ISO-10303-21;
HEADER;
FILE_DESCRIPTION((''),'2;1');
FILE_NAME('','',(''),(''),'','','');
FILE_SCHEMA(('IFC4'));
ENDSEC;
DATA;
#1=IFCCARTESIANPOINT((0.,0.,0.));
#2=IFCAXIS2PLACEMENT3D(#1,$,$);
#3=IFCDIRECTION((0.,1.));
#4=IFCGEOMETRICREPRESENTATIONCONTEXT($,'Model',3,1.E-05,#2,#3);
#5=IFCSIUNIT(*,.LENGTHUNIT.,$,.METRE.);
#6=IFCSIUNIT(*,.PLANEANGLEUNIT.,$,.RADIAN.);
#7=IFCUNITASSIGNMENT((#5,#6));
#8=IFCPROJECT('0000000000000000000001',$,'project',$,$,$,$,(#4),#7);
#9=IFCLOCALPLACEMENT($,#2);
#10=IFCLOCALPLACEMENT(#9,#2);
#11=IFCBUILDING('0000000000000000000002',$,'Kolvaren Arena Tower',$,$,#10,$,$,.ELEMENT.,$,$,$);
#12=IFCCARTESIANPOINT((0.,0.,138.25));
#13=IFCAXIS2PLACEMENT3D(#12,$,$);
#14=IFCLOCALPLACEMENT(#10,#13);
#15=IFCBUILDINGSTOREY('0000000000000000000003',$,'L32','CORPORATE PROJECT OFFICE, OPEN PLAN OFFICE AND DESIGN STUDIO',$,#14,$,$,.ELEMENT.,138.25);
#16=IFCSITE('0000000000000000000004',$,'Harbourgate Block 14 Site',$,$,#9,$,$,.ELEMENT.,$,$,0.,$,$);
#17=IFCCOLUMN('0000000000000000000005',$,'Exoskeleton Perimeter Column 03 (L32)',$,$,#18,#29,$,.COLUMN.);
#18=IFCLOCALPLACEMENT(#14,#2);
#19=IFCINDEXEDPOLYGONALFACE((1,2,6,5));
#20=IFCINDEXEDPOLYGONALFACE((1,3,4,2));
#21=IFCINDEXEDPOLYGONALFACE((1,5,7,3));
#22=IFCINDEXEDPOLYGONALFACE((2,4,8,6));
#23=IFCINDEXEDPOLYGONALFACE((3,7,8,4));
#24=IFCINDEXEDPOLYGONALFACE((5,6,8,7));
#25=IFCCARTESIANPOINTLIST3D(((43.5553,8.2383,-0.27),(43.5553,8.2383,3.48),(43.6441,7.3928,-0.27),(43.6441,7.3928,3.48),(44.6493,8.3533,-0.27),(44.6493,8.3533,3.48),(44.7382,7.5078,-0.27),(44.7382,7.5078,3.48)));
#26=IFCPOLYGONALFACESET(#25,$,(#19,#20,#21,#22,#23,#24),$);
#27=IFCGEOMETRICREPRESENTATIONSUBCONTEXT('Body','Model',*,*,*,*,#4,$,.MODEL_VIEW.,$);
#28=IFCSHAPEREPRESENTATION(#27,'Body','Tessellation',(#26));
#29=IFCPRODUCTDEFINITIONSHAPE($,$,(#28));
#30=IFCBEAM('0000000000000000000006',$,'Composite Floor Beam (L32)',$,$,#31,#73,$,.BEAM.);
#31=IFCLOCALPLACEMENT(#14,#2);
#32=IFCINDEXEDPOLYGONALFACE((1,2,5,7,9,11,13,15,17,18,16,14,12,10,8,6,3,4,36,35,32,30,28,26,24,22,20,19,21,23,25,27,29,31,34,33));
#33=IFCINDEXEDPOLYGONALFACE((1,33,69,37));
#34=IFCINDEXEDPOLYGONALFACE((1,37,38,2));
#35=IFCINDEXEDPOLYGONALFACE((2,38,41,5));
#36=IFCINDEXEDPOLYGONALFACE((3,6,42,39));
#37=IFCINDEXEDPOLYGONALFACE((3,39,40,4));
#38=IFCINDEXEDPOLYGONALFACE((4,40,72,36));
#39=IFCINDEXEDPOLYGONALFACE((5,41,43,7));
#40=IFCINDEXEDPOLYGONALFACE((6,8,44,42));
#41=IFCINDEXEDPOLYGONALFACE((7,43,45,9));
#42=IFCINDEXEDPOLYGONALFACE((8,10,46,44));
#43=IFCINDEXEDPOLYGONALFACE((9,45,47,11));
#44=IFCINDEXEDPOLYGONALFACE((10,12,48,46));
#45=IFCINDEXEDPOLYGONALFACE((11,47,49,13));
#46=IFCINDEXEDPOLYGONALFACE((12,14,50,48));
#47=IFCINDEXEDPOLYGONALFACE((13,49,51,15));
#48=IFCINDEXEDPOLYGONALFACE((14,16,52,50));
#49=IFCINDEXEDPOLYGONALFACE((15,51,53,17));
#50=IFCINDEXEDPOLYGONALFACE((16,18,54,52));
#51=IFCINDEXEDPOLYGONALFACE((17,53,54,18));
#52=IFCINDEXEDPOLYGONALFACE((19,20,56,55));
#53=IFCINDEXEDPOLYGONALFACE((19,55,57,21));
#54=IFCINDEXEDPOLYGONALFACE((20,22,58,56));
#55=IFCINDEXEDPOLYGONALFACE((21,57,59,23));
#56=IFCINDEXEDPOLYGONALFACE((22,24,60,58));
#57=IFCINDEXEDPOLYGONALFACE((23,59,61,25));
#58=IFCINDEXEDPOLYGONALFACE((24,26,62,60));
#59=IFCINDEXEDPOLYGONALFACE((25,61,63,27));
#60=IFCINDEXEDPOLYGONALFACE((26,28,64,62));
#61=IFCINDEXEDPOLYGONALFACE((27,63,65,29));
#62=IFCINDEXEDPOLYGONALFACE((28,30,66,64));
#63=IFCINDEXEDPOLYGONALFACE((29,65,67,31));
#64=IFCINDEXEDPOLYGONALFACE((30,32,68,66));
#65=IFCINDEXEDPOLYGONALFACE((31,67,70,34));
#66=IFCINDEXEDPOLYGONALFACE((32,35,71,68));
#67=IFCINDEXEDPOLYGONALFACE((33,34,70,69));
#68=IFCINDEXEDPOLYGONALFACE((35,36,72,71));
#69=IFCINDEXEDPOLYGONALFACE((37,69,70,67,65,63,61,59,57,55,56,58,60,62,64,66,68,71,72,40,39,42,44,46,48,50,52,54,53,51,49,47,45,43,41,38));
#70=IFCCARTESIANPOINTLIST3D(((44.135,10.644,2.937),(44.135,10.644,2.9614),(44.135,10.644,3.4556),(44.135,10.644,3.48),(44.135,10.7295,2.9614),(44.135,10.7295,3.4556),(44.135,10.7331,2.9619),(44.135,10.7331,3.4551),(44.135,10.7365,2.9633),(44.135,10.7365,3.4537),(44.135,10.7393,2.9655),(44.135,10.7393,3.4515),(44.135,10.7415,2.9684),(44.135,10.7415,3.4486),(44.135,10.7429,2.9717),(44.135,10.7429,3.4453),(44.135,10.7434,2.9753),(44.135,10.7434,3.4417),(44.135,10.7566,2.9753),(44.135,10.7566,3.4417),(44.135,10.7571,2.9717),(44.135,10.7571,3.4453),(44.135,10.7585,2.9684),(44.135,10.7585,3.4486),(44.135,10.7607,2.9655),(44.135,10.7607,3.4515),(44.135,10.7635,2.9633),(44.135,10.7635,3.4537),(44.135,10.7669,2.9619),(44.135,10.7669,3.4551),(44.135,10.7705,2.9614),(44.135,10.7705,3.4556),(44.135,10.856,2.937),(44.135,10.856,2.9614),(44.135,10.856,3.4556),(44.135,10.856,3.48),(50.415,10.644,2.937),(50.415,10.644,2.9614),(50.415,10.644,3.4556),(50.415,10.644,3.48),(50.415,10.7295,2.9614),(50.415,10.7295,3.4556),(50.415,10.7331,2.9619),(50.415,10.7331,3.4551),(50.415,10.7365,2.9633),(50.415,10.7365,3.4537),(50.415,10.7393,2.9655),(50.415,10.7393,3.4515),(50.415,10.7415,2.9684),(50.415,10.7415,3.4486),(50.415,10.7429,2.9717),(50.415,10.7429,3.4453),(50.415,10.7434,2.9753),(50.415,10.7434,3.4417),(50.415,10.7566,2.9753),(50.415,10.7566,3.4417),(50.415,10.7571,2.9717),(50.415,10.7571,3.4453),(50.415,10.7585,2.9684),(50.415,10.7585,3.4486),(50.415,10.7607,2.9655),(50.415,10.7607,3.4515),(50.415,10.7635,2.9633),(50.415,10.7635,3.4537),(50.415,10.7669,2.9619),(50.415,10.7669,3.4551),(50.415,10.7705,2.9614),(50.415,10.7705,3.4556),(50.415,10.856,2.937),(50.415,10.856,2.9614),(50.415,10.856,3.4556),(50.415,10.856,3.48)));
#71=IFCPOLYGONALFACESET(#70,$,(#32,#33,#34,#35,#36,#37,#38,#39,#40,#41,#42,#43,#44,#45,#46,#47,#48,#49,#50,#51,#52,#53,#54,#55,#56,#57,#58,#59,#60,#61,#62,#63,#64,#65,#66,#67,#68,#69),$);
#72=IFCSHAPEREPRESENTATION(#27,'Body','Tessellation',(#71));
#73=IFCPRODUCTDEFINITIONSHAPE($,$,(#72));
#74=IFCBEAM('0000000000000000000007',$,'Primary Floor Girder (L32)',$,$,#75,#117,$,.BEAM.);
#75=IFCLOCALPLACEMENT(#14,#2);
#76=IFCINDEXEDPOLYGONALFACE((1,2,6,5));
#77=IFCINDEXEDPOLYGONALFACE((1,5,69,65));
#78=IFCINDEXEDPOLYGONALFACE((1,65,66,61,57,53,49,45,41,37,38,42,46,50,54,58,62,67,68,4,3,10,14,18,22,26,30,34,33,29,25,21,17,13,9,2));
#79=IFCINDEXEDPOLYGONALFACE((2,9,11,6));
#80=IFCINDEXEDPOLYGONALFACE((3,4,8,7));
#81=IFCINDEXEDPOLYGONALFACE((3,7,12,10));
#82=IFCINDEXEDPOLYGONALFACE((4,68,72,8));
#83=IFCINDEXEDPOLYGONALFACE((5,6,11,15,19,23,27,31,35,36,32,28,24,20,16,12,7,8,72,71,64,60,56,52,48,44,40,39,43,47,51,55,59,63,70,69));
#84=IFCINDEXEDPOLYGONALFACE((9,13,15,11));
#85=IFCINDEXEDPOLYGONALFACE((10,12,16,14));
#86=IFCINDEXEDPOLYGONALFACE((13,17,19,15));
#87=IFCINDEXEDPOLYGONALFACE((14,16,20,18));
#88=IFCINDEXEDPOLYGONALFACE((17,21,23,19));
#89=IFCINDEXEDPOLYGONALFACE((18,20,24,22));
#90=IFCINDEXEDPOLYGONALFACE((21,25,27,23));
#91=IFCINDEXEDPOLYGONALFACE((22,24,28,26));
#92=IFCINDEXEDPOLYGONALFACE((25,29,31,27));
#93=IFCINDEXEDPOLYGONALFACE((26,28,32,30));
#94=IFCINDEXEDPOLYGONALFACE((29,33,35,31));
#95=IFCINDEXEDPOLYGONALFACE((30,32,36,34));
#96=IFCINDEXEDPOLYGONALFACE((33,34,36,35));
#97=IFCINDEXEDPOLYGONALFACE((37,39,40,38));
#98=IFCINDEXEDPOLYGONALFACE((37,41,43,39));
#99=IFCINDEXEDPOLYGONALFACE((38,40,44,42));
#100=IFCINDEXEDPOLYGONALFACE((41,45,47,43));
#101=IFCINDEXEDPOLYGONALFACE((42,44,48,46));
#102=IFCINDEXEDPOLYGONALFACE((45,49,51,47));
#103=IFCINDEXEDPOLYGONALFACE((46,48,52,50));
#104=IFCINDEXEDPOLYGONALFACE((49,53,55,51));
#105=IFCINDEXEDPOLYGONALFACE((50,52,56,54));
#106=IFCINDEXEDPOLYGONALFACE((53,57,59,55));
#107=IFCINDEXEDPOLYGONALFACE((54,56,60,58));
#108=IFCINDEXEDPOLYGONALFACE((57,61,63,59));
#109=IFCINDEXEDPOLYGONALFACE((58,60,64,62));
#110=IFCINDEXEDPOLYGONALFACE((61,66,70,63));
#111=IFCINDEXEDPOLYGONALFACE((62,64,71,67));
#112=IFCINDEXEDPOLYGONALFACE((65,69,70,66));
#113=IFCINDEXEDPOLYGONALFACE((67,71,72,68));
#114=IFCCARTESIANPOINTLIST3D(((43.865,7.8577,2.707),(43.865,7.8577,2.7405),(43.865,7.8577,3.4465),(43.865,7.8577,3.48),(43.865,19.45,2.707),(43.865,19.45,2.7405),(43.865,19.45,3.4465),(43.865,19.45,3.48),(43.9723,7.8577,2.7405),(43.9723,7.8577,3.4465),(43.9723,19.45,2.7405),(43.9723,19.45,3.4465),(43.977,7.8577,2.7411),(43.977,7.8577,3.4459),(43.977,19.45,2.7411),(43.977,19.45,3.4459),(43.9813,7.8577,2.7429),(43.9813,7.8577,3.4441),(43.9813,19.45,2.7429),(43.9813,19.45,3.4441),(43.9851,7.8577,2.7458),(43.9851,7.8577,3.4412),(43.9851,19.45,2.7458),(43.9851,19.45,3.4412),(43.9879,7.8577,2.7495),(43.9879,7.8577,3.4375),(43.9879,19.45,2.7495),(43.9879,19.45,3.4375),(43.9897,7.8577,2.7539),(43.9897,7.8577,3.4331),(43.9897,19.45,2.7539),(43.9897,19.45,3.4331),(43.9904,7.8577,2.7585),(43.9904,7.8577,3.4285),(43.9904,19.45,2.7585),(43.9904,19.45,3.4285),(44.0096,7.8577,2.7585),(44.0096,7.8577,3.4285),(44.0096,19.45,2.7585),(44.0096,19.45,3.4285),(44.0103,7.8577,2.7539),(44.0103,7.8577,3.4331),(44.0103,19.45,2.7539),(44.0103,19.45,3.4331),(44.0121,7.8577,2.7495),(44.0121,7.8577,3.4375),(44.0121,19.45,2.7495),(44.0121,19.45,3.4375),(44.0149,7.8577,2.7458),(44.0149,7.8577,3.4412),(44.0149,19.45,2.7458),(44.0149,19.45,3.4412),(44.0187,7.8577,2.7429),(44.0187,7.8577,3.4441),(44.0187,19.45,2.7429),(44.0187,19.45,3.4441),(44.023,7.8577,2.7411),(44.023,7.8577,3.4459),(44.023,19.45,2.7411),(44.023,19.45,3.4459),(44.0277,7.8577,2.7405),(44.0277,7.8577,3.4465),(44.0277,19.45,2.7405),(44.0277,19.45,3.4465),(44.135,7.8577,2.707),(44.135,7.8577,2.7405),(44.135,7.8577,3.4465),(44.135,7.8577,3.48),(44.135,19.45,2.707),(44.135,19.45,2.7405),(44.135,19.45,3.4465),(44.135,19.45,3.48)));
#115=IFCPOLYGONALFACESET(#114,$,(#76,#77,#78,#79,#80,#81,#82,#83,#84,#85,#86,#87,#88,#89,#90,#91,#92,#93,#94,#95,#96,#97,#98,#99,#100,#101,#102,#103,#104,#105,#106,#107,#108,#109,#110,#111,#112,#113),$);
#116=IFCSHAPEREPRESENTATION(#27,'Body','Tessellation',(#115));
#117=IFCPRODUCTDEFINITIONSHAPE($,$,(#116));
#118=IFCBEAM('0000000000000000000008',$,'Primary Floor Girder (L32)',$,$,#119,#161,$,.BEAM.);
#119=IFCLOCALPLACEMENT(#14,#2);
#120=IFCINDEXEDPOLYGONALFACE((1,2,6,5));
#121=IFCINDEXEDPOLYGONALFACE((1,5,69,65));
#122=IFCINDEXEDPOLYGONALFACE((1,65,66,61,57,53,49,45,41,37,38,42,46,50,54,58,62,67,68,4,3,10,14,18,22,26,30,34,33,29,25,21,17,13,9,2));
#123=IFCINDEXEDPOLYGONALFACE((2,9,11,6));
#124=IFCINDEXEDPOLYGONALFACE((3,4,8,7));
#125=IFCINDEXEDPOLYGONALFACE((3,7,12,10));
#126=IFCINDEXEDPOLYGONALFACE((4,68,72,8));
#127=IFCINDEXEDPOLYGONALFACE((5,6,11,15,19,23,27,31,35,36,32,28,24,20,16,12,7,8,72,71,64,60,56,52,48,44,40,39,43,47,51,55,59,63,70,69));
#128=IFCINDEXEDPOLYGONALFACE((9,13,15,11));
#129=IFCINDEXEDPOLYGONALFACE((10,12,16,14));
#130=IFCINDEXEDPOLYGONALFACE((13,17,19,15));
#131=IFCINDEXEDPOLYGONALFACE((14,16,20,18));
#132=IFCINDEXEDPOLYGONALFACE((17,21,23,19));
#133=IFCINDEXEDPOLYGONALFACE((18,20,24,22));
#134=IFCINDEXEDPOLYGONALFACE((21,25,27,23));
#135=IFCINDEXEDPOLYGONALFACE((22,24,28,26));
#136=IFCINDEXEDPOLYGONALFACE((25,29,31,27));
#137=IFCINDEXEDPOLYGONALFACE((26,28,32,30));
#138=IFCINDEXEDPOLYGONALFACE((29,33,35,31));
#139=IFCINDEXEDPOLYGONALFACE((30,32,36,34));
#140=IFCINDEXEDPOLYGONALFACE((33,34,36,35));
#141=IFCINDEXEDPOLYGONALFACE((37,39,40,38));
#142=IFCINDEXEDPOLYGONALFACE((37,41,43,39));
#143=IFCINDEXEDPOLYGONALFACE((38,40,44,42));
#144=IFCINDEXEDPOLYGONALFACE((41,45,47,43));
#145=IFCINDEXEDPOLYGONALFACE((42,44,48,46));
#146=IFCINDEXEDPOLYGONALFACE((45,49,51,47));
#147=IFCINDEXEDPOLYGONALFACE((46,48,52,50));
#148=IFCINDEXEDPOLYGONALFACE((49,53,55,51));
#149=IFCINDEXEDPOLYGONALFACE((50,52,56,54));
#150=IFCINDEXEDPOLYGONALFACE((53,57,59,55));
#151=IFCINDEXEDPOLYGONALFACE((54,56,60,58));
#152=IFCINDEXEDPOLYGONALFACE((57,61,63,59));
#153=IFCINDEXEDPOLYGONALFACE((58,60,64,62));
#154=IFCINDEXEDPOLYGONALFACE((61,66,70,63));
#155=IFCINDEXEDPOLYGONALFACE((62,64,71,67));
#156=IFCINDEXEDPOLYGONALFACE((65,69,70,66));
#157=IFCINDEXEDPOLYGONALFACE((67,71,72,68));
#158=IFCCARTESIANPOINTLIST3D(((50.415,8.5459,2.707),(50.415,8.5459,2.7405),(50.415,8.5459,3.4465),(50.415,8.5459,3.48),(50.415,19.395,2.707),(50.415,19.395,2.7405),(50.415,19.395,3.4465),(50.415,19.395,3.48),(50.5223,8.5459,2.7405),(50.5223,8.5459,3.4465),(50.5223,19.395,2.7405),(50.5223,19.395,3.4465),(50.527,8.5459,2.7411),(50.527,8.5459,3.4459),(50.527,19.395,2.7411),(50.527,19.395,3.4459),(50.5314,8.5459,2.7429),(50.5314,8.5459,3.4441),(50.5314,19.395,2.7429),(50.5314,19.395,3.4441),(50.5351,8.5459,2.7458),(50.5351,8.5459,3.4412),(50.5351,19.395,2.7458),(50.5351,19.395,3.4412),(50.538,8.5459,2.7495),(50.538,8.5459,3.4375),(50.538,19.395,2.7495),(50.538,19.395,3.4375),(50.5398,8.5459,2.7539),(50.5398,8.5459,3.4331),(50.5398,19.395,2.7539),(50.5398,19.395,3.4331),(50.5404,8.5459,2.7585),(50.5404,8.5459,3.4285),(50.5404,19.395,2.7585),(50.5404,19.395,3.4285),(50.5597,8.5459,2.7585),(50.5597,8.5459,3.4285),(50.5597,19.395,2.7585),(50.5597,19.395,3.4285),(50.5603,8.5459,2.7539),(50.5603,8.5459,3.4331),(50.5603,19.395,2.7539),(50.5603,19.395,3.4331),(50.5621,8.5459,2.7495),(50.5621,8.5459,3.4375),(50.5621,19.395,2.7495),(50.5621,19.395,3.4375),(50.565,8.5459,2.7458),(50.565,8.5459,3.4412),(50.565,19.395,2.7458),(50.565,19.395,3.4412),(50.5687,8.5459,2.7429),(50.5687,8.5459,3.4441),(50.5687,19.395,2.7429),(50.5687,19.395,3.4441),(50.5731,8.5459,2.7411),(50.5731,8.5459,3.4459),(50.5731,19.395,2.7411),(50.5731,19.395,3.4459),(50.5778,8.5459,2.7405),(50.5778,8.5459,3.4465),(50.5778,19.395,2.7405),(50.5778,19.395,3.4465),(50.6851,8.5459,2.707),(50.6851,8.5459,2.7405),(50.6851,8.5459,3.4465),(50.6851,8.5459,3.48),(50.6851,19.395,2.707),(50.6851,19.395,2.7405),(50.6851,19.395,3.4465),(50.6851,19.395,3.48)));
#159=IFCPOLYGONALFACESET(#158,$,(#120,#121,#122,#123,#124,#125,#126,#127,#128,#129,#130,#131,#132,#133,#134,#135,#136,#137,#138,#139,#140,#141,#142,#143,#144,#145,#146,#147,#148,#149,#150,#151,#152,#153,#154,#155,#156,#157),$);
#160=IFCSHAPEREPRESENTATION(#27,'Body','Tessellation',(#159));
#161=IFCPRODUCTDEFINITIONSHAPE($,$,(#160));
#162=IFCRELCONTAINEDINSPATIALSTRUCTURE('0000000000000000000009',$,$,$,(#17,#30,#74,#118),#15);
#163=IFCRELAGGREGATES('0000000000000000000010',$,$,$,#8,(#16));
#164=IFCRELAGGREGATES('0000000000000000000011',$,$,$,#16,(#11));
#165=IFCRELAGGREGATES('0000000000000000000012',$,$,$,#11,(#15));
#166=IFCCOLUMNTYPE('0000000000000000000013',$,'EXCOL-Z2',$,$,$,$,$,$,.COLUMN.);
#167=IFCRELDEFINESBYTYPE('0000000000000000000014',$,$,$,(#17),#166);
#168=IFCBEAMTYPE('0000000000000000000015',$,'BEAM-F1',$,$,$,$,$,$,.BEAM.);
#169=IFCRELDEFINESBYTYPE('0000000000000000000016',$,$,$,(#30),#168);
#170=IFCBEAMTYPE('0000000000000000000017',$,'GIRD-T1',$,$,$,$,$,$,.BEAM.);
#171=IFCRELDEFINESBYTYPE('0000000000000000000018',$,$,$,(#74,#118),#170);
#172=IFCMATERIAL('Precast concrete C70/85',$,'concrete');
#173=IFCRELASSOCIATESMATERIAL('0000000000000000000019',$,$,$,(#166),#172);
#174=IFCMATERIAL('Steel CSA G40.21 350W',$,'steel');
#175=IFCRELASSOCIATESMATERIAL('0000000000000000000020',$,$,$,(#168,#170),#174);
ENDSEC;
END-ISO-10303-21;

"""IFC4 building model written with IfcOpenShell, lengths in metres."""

from ifc_helpers import new_model, si_unit, direction, frame, origin, origin_2d, place, context, subcontext, project, spatial, rectangle, i_section, extrude, material, material_profile, profile_set, type_object, element, save


model = new_model("IFC4")

# Units and contexts
model_context = context("Model", 3, precision=1e-05, world=origin(), true_north=direction((0.0, 1.0)))
body_context = subcontext(model_context, "Body", "Model", "MODEL_VIEW")
ifc_project = project(units=[si_unit("LENGTHUNIT", "METRE"), si_unit("PLANEANGLEUNIT", "RADIAN")], contexts=[model_context])

# Site, building, storey
site_placement = place(None, origin())
site = spatial("IfcSite", under=ifc_project, at=site_placement, Name="Harbourgate Block 14 Site", CompositionType="ELEMENT", RefElevation=0.0)
building_placement = place(site_placement, origin())
building = spatial("IfcBuilding", under=site, at=building_placement, Name="Kolvaren Arena Tower", CompositionType="ELEMENT")
storey_placement = place(building_placement, frame((0.0, 0.0, 138.25)))
storey = spatial("IfcBuildingStorey", under=building, at=storey_placement, Name="L32", Description="CORPORATE PROJECT OFFICE, OPEN PLAN OFFICE AND DESIGN STUDIO", CompositionType="ELEMENT", Elevation=138.25)

# Column
ifc_material_1 = material(Name="Precast concrete C70/85", Category="concrete")
ifc_material_profile_1 = material_profile(ifc_material_1, rectangle(XDim=1.1001, YDim=0.8501, at=origin_2d()), Name="RC-1100x850")
ifc_profile_set_1 = profile_set([ifc_material_profile_1], Name="Precast concrete C70/85")
column_type = type_object("IfcColumnType", Name="EXCOL-Z2", PredefinedType="COLUMN", material=ifc_profile_set_1)
column_placement = place(storey_placement, frame((44.1467, 7.873, -0.27), z_axis=(0.0, 0.0, 1.0), x_axis=(0.994522, 0.104528, 0.0)))
element("IfcColumn", 1, at=column_placement, inside=storey, type_object=column_type, Name="Exoskeleton Perimeter Column 03 (L32)", PredefinedType="COLUMN", context=body_context, shape_type="SweptSolid", body=[
    extrude(rectangle(XDim=1.1001, YDim=0.8501, at=origin_2d()), origin(), (0.0, 0.0, 1.0), 3.75),
])

# Beams
ifc_material_2 = material(Name="Steel CSA G40.21 350W", Category="steel")
ifc_material_profile_2 = material_profile(ifc_material_2, i_section(OverallWidth=0.2119, OverallDepth=0.543, WebThickness=0.0132, FlangeThickness=0.0244, FilletRadius=0.0139, at=origin_2d()), Name="W530x150")
ifc_profile_set_2 = profile_set([ifc_material_profile_2], Name="Steel CSA G40.21 350W")
beam_type_1 = type_object("IfcBeamType", Name="BEAM-F1", PredefinedType="BEAM", material=ifc_profile_set_2)
beam_1_placement = place(storey_placement, frame((44.135, 10.75, 3.2085), z_axis=(1.0, 0.0, 0.0), x_axis=(0.0, 1.0, 0.0)))
element("IfcBeam", 2, at=beam_1_placement, inside=storey, type_object=beam_type_1, Name="Composite Floor Beam (L32)", PredefinedType="BEAM", context=body_context, shape_type="SweptSolid", body=[
    extrude(i_section(OverallWidth=0.2119, OverallDepth=0.543, WebThickness=0.0132, FlangeThickness=0.0244, FilletRadius=0.0139, at=origin_2d()), origin(), (0.0, 0.0, 1.0), 6.28),
])
ifc_material_profile_3 = material_profile(ifc_material_2, i_section(OverallWidth=0.27, OverallDepth=0.7729, WebThickness=0.0193, FlangeThickness=0.0334, FilletRadius=0.0181, at=origin_2d()), Name="W760x257")
ifc_profile_set_3 = profile_set([ifc_material_profile_3], Name="Steel CSA G40.21 350W")
beam_type_2 = type_object("IfcBeamType", Name="GIRD-T1", PredefinedType="BEAM", material=ifc_profile_set_3)
beam_2_placement = place(storey_placement, frame((44.0, 7.8577, 3.0935), z_axis=(0.0, 1.0, 0.0), x_axis=(-1.0, 0.0, 0.0)))
element("IfcBeam", 3, at=beam_2_placement, inside=storey, type_object=beam_type_2, Name="Primary Floor Girder (L32)", PredefinedType="BEAM", context=body_context, shape_type="SweptSolid", body=[
    extrude(i_section(OverallWidth=0.27, OverallDepth=0.7729, WebThickness=0.0193, FlangeThickness=0.0334, FilletRadius=0.0181, at=origin_2d()), origin(), (0.0, 0.0, 1.0), 11.5923),
])
beam_3_placement = place(storey_placement, frame((50.55, 8.5459, 3.0935), z_axis=(0.0, 1.0, 0.0), x_axis=(-1.0, 0.0, 0.0)))
element("IfcBeam", 4, at=beam_3_placement, inside=storey, type_object=beam_type_2, Name="Primary Floor Girder (L32)", PredefinedType="BEAM", context=body_context, shape_type="SweptSolid", body=[
    extrude(i_section(OverallWidth=0.27, OverallDepth=0.7729, WebThickness=0.0193, FlangeThickness=0.0334, FilletRadius=0.0181, at=origin_2d()), origin(), (0.0, 0.0, 1.0), 10.8491),
])

save(model, "model.ifc")
